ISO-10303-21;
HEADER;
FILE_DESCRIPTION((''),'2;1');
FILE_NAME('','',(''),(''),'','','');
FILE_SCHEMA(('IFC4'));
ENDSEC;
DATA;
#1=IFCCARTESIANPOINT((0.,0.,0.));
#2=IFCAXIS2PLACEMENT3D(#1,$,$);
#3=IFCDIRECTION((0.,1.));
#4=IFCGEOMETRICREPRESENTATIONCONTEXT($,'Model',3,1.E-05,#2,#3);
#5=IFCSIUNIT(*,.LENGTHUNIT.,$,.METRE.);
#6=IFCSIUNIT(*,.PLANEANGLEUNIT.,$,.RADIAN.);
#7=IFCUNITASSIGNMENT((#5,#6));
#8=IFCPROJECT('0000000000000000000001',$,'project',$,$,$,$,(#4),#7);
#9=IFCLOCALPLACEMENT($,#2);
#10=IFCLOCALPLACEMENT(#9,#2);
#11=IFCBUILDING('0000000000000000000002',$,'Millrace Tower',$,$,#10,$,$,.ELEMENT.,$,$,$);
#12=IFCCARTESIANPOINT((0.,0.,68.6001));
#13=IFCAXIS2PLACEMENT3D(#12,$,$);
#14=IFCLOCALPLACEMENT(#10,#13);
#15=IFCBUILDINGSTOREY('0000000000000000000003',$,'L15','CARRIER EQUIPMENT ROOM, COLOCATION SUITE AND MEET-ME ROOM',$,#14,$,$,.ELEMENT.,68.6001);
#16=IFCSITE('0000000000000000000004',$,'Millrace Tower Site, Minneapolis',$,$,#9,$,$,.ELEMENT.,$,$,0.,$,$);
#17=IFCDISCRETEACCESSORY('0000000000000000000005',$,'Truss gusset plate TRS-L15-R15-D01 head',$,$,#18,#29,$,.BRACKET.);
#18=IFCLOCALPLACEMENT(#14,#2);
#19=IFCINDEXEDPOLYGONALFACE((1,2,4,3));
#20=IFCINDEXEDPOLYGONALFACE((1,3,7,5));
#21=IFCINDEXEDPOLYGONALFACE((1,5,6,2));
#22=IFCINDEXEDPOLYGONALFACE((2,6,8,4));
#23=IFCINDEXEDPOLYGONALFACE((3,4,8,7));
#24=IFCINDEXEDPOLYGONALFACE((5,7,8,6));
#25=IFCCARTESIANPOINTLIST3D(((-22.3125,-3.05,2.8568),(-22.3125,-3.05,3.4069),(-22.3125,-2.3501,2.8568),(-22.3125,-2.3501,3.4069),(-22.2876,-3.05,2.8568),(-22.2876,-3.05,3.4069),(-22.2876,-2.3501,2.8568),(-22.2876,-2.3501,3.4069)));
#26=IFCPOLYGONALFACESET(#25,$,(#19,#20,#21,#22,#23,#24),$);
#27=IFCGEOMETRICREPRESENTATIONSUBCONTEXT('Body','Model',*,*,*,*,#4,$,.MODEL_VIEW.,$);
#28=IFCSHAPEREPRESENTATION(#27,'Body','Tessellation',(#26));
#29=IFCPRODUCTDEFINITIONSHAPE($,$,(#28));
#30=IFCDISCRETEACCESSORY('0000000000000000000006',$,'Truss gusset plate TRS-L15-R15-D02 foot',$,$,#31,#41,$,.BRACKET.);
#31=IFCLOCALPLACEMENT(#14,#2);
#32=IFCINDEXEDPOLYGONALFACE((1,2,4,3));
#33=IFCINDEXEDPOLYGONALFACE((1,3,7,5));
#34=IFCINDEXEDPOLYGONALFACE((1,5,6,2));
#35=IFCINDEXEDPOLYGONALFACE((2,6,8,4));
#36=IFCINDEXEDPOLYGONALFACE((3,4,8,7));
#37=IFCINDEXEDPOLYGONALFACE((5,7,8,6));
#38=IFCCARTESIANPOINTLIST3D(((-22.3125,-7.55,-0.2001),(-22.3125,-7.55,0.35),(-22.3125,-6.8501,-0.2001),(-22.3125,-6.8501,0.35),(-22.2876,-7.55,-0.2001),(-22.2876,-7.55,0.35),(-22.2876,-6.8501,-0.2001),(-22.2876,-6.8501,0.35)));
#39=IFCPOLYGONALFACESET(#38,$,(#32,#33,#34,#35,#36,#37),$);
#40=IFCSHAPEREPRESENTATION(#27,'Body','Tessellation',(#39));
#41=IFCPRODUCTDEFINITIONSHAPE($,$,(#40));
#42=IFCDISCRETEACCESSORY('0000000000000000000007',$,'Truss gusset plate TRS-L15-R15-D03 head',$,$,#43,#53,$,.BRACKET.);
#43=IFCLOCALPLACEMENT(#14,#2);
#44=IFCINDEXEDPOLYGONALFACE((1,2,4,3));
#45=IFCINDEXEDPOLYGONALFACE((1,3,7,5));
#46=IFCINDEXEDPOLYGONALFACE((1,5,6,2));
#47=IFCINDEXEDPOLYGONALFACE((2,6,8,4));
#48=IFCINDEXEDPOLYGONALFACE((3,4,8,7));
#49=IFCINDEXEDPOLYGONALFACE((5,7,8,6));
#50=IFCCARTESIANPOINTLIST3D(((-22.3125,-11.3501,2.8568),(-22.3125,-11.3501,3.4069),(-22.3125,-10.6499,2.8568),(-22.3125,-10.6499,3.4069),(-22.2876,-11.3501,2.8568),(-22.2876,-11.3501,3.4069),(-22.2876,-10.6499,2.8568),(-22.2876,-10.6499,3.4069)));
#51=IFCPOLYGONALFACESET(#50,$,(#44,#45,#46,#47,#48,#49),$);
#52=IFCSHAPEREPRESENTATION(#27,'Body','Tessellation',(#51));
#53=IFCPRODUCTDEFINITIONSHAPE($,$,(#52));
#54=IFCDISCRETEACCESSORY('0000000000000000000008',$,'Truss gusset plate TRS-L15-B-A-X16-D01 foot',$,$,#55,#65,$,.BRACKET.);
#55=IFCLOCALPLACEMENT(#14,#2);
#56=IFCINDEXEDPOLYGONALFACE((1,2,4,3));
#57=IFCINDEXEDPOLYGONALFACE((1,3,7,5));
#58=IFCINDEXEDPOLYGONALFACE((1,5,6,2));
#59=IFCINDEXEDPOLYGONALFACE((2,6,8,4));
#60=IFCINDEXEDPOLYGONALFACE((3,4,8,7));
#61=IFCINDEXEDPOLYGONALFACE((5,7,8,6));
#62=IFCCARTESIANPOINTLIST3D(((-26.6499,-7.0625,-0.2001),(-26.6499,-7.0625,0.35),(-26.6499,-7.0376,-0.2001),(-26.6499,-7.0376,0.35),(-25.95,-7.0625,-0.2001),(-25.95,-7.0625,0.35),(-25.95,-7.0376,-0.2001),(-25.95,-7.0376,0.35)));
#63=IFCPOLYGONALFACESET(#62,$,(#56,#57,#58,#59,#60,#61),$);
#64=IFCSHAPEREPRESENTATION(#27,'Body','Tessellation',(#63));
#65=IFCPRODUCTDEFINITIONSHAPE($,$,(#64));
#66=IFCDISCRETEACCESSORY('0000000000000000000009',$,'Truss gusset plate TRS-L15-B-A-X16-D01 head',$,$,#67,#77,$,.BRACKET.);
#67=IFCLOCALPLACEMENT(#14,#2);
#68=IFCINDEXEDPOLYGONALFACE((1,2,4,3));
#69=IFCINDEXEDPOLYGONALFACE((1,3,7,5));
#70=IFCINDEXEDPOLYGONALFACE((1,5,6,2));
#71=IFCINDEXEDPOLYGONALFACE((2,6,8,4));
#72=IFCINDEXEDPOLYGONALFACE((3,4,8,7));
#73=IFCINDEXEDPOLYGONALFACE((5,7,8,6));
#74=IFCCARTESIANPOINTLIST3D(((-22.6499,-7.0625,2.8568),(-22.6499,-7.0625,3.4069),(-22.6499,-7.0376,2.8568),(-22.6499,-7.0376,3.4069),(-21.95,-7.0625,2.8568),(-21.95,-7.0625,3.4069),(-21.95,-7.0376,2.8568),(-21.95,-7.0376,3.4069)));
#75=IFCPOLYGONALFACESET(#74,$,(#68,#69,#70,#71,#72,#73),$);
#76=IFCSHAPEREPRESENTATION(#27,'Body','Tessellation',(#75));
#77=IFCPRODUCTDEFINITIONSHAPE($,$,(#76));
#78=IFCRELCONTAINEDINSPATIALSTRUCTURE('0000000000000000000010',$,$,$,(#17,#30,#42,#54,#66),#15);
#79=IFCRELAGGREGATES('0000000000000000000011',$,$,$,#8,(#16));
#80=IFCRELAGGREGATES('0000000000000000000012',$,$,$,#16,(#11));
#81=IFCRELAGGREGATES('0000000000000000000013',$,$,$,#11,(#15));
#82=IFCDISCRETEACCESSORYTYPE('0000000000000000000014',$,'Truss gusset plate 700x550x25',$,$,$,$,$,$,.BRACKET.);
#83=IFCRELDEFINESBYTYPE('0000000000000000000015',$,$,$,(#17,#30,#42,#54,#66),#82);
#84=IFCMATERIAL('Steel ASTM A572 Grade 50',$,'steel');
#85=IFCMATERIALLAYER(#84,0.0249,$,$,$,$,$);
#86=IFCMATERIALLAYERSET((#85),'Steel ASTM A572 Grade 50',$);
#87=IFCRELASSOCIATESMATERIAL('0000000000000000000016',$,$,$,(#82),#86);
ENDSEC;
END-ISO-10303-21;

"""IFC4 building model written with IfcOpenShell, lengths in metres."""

from ifc_helpers import new_model, si_unit, direction, frame, origin, origin_2d, place, context, subcontext, project, spatial, rectangle, extrude, material, layer, layer_set, type_object, element, save


model = new_model("IFC4")

# Units and contexts
model_context = context("Model", 3, precision=1e-05, world=origin(), true_north=direction((0.0, 1.0)))
body_context = subcontext(model_context, "Body", "Model", "MODEL_VIEW")
ifc_project = project(units=[si_unit("LENGTHUNIT", "METRE"), si_unit("PLANEANGLEUNIT", "RADIAN")], contexts=[model_context])

# Site, building, storey
site_placement = place(None, origin())
site = spatial("IfcSite", under=ifc_project, at=site_placement, Name="Millrace Tower Site, Minneapolis", CompositionType="ELEMENT", RefElevation=0.0)
building_placement = place(site_placement, origin())
building = spatial("IfcBuilding", under=site, at=building_placement, Name="Millrace Tower", CompositionType="ELEMENT")
storey_placement = place(building_placement, frame((0.0, 0.0, 68.6001)))
storey = spatial("IfcBuildingStorey", under=building, at=storey_placement, Name="L15", Description="CARRIER EQUIPMENT ROOM, COLOCATION SUITE AND MEET-ME ROOM", CompositionType="ELEMENT", Elevation=68.6001)

# Discrete accessories
ifc_material_1 = material(Name="Steel ASTM A572 Grade 50", Category="steel")
ifc_layer_1 = layer(ifc_material_1, 0.0249)
ifc_layer_set_1 = layer_set([ifc_layer_1], Name="Steel ASTM A572 Grade 50")
discrete_accessory_type_1 = type_object("IfcDiscreteAccessoryType", Name="Truss gusset plate 700x550x25", PredefinedType="BRACKET", material=ifc_layer_set_1)
for number, where, z_axis, x_axis, name in (
    (1, (-22.3, -3.05, 3.1318), (0.0, 1.0, 0.0), (-1.0, 0.0, 0.0), "Truss gusset plate TRS-L15-R15-D01 head"),
    (2, (-22.3, -7.55, 0.075), (0.0, 1.0, 0.0), (-1.0, 0.0, 0.0), "Truss gusset plate TRS-L15-R15-D02 foot"),
):
    element("IfcDiscreteAccessory", number, at=place(storey_placement, frame(where, z_axis=z_axis, x_axis=x_axis)), inside=storey, type_object=discrete_accessory_type_1, Name=name, PredefinedType="BRACKET", context=body_context, shape_type="SweptSolid", body=[
        extrude(rectangle(XDim=0.0249, YDim=0.55, at=origin_2d()), origin(), (0.0, 0.0, 1.0), 0.7),
    ])
discrete_accessory_1_placement = place(storey_placement, frame((-22.3, -11.3501, 3.1318), z_axis=(0.0, 1.0, 0.0), x_axis=(-1.0, 0.0, 0.0)))
element("IfcDiscreteAccessory", 3, at=discrete_accessory_1_placement, inside=storey, type_object=discrete_accessory_type_1, Name="Truss gusset plate TRS-L15-R15-D03 head", PredefinedType="BRACKET", context=body_context, shape_type="SweptSolid", body=[
    extrude(rectangle(XDim=0.0249, YDim=0.55, at=origin_2d()), origin(), (0.0, 0.0, 1.0), 0.7002),
])
for number, where, z_axis, x_axis, name in (
    (4, (-26.6499, -7.05, 0.075), (1.0, 0.0, 0.0), (0.0, 1.0, 0.0), "Truss gusset plate TRS-L15-B-A-X16-D01 foot"),
    (5, (-22.6499, -7.05, 3.1318), (1.0, 0.0, 0.0), (0.0, 1.0, 0.0), "Truss gusset plate TRS-L15-B-A-X16-D01 head"),
):
    element("IfcDiscreteAccessory", number, at=place(storey_placement, frame(where, z_axis=z_axis, x_axis=x_axis)), inside=storey, type_object=discrete_accessory_type_1, Name=name, PredefinedType="BRACKET", context=body_context, shape_type="SweptSolid", body=[
        extrude(rectangle(XDim=0.0249, YDim=0.55, at=origin_2d()), origin(), (0.0, 0.0, 1.0), 0.7),
    ])

save(model, "model.ifc")
